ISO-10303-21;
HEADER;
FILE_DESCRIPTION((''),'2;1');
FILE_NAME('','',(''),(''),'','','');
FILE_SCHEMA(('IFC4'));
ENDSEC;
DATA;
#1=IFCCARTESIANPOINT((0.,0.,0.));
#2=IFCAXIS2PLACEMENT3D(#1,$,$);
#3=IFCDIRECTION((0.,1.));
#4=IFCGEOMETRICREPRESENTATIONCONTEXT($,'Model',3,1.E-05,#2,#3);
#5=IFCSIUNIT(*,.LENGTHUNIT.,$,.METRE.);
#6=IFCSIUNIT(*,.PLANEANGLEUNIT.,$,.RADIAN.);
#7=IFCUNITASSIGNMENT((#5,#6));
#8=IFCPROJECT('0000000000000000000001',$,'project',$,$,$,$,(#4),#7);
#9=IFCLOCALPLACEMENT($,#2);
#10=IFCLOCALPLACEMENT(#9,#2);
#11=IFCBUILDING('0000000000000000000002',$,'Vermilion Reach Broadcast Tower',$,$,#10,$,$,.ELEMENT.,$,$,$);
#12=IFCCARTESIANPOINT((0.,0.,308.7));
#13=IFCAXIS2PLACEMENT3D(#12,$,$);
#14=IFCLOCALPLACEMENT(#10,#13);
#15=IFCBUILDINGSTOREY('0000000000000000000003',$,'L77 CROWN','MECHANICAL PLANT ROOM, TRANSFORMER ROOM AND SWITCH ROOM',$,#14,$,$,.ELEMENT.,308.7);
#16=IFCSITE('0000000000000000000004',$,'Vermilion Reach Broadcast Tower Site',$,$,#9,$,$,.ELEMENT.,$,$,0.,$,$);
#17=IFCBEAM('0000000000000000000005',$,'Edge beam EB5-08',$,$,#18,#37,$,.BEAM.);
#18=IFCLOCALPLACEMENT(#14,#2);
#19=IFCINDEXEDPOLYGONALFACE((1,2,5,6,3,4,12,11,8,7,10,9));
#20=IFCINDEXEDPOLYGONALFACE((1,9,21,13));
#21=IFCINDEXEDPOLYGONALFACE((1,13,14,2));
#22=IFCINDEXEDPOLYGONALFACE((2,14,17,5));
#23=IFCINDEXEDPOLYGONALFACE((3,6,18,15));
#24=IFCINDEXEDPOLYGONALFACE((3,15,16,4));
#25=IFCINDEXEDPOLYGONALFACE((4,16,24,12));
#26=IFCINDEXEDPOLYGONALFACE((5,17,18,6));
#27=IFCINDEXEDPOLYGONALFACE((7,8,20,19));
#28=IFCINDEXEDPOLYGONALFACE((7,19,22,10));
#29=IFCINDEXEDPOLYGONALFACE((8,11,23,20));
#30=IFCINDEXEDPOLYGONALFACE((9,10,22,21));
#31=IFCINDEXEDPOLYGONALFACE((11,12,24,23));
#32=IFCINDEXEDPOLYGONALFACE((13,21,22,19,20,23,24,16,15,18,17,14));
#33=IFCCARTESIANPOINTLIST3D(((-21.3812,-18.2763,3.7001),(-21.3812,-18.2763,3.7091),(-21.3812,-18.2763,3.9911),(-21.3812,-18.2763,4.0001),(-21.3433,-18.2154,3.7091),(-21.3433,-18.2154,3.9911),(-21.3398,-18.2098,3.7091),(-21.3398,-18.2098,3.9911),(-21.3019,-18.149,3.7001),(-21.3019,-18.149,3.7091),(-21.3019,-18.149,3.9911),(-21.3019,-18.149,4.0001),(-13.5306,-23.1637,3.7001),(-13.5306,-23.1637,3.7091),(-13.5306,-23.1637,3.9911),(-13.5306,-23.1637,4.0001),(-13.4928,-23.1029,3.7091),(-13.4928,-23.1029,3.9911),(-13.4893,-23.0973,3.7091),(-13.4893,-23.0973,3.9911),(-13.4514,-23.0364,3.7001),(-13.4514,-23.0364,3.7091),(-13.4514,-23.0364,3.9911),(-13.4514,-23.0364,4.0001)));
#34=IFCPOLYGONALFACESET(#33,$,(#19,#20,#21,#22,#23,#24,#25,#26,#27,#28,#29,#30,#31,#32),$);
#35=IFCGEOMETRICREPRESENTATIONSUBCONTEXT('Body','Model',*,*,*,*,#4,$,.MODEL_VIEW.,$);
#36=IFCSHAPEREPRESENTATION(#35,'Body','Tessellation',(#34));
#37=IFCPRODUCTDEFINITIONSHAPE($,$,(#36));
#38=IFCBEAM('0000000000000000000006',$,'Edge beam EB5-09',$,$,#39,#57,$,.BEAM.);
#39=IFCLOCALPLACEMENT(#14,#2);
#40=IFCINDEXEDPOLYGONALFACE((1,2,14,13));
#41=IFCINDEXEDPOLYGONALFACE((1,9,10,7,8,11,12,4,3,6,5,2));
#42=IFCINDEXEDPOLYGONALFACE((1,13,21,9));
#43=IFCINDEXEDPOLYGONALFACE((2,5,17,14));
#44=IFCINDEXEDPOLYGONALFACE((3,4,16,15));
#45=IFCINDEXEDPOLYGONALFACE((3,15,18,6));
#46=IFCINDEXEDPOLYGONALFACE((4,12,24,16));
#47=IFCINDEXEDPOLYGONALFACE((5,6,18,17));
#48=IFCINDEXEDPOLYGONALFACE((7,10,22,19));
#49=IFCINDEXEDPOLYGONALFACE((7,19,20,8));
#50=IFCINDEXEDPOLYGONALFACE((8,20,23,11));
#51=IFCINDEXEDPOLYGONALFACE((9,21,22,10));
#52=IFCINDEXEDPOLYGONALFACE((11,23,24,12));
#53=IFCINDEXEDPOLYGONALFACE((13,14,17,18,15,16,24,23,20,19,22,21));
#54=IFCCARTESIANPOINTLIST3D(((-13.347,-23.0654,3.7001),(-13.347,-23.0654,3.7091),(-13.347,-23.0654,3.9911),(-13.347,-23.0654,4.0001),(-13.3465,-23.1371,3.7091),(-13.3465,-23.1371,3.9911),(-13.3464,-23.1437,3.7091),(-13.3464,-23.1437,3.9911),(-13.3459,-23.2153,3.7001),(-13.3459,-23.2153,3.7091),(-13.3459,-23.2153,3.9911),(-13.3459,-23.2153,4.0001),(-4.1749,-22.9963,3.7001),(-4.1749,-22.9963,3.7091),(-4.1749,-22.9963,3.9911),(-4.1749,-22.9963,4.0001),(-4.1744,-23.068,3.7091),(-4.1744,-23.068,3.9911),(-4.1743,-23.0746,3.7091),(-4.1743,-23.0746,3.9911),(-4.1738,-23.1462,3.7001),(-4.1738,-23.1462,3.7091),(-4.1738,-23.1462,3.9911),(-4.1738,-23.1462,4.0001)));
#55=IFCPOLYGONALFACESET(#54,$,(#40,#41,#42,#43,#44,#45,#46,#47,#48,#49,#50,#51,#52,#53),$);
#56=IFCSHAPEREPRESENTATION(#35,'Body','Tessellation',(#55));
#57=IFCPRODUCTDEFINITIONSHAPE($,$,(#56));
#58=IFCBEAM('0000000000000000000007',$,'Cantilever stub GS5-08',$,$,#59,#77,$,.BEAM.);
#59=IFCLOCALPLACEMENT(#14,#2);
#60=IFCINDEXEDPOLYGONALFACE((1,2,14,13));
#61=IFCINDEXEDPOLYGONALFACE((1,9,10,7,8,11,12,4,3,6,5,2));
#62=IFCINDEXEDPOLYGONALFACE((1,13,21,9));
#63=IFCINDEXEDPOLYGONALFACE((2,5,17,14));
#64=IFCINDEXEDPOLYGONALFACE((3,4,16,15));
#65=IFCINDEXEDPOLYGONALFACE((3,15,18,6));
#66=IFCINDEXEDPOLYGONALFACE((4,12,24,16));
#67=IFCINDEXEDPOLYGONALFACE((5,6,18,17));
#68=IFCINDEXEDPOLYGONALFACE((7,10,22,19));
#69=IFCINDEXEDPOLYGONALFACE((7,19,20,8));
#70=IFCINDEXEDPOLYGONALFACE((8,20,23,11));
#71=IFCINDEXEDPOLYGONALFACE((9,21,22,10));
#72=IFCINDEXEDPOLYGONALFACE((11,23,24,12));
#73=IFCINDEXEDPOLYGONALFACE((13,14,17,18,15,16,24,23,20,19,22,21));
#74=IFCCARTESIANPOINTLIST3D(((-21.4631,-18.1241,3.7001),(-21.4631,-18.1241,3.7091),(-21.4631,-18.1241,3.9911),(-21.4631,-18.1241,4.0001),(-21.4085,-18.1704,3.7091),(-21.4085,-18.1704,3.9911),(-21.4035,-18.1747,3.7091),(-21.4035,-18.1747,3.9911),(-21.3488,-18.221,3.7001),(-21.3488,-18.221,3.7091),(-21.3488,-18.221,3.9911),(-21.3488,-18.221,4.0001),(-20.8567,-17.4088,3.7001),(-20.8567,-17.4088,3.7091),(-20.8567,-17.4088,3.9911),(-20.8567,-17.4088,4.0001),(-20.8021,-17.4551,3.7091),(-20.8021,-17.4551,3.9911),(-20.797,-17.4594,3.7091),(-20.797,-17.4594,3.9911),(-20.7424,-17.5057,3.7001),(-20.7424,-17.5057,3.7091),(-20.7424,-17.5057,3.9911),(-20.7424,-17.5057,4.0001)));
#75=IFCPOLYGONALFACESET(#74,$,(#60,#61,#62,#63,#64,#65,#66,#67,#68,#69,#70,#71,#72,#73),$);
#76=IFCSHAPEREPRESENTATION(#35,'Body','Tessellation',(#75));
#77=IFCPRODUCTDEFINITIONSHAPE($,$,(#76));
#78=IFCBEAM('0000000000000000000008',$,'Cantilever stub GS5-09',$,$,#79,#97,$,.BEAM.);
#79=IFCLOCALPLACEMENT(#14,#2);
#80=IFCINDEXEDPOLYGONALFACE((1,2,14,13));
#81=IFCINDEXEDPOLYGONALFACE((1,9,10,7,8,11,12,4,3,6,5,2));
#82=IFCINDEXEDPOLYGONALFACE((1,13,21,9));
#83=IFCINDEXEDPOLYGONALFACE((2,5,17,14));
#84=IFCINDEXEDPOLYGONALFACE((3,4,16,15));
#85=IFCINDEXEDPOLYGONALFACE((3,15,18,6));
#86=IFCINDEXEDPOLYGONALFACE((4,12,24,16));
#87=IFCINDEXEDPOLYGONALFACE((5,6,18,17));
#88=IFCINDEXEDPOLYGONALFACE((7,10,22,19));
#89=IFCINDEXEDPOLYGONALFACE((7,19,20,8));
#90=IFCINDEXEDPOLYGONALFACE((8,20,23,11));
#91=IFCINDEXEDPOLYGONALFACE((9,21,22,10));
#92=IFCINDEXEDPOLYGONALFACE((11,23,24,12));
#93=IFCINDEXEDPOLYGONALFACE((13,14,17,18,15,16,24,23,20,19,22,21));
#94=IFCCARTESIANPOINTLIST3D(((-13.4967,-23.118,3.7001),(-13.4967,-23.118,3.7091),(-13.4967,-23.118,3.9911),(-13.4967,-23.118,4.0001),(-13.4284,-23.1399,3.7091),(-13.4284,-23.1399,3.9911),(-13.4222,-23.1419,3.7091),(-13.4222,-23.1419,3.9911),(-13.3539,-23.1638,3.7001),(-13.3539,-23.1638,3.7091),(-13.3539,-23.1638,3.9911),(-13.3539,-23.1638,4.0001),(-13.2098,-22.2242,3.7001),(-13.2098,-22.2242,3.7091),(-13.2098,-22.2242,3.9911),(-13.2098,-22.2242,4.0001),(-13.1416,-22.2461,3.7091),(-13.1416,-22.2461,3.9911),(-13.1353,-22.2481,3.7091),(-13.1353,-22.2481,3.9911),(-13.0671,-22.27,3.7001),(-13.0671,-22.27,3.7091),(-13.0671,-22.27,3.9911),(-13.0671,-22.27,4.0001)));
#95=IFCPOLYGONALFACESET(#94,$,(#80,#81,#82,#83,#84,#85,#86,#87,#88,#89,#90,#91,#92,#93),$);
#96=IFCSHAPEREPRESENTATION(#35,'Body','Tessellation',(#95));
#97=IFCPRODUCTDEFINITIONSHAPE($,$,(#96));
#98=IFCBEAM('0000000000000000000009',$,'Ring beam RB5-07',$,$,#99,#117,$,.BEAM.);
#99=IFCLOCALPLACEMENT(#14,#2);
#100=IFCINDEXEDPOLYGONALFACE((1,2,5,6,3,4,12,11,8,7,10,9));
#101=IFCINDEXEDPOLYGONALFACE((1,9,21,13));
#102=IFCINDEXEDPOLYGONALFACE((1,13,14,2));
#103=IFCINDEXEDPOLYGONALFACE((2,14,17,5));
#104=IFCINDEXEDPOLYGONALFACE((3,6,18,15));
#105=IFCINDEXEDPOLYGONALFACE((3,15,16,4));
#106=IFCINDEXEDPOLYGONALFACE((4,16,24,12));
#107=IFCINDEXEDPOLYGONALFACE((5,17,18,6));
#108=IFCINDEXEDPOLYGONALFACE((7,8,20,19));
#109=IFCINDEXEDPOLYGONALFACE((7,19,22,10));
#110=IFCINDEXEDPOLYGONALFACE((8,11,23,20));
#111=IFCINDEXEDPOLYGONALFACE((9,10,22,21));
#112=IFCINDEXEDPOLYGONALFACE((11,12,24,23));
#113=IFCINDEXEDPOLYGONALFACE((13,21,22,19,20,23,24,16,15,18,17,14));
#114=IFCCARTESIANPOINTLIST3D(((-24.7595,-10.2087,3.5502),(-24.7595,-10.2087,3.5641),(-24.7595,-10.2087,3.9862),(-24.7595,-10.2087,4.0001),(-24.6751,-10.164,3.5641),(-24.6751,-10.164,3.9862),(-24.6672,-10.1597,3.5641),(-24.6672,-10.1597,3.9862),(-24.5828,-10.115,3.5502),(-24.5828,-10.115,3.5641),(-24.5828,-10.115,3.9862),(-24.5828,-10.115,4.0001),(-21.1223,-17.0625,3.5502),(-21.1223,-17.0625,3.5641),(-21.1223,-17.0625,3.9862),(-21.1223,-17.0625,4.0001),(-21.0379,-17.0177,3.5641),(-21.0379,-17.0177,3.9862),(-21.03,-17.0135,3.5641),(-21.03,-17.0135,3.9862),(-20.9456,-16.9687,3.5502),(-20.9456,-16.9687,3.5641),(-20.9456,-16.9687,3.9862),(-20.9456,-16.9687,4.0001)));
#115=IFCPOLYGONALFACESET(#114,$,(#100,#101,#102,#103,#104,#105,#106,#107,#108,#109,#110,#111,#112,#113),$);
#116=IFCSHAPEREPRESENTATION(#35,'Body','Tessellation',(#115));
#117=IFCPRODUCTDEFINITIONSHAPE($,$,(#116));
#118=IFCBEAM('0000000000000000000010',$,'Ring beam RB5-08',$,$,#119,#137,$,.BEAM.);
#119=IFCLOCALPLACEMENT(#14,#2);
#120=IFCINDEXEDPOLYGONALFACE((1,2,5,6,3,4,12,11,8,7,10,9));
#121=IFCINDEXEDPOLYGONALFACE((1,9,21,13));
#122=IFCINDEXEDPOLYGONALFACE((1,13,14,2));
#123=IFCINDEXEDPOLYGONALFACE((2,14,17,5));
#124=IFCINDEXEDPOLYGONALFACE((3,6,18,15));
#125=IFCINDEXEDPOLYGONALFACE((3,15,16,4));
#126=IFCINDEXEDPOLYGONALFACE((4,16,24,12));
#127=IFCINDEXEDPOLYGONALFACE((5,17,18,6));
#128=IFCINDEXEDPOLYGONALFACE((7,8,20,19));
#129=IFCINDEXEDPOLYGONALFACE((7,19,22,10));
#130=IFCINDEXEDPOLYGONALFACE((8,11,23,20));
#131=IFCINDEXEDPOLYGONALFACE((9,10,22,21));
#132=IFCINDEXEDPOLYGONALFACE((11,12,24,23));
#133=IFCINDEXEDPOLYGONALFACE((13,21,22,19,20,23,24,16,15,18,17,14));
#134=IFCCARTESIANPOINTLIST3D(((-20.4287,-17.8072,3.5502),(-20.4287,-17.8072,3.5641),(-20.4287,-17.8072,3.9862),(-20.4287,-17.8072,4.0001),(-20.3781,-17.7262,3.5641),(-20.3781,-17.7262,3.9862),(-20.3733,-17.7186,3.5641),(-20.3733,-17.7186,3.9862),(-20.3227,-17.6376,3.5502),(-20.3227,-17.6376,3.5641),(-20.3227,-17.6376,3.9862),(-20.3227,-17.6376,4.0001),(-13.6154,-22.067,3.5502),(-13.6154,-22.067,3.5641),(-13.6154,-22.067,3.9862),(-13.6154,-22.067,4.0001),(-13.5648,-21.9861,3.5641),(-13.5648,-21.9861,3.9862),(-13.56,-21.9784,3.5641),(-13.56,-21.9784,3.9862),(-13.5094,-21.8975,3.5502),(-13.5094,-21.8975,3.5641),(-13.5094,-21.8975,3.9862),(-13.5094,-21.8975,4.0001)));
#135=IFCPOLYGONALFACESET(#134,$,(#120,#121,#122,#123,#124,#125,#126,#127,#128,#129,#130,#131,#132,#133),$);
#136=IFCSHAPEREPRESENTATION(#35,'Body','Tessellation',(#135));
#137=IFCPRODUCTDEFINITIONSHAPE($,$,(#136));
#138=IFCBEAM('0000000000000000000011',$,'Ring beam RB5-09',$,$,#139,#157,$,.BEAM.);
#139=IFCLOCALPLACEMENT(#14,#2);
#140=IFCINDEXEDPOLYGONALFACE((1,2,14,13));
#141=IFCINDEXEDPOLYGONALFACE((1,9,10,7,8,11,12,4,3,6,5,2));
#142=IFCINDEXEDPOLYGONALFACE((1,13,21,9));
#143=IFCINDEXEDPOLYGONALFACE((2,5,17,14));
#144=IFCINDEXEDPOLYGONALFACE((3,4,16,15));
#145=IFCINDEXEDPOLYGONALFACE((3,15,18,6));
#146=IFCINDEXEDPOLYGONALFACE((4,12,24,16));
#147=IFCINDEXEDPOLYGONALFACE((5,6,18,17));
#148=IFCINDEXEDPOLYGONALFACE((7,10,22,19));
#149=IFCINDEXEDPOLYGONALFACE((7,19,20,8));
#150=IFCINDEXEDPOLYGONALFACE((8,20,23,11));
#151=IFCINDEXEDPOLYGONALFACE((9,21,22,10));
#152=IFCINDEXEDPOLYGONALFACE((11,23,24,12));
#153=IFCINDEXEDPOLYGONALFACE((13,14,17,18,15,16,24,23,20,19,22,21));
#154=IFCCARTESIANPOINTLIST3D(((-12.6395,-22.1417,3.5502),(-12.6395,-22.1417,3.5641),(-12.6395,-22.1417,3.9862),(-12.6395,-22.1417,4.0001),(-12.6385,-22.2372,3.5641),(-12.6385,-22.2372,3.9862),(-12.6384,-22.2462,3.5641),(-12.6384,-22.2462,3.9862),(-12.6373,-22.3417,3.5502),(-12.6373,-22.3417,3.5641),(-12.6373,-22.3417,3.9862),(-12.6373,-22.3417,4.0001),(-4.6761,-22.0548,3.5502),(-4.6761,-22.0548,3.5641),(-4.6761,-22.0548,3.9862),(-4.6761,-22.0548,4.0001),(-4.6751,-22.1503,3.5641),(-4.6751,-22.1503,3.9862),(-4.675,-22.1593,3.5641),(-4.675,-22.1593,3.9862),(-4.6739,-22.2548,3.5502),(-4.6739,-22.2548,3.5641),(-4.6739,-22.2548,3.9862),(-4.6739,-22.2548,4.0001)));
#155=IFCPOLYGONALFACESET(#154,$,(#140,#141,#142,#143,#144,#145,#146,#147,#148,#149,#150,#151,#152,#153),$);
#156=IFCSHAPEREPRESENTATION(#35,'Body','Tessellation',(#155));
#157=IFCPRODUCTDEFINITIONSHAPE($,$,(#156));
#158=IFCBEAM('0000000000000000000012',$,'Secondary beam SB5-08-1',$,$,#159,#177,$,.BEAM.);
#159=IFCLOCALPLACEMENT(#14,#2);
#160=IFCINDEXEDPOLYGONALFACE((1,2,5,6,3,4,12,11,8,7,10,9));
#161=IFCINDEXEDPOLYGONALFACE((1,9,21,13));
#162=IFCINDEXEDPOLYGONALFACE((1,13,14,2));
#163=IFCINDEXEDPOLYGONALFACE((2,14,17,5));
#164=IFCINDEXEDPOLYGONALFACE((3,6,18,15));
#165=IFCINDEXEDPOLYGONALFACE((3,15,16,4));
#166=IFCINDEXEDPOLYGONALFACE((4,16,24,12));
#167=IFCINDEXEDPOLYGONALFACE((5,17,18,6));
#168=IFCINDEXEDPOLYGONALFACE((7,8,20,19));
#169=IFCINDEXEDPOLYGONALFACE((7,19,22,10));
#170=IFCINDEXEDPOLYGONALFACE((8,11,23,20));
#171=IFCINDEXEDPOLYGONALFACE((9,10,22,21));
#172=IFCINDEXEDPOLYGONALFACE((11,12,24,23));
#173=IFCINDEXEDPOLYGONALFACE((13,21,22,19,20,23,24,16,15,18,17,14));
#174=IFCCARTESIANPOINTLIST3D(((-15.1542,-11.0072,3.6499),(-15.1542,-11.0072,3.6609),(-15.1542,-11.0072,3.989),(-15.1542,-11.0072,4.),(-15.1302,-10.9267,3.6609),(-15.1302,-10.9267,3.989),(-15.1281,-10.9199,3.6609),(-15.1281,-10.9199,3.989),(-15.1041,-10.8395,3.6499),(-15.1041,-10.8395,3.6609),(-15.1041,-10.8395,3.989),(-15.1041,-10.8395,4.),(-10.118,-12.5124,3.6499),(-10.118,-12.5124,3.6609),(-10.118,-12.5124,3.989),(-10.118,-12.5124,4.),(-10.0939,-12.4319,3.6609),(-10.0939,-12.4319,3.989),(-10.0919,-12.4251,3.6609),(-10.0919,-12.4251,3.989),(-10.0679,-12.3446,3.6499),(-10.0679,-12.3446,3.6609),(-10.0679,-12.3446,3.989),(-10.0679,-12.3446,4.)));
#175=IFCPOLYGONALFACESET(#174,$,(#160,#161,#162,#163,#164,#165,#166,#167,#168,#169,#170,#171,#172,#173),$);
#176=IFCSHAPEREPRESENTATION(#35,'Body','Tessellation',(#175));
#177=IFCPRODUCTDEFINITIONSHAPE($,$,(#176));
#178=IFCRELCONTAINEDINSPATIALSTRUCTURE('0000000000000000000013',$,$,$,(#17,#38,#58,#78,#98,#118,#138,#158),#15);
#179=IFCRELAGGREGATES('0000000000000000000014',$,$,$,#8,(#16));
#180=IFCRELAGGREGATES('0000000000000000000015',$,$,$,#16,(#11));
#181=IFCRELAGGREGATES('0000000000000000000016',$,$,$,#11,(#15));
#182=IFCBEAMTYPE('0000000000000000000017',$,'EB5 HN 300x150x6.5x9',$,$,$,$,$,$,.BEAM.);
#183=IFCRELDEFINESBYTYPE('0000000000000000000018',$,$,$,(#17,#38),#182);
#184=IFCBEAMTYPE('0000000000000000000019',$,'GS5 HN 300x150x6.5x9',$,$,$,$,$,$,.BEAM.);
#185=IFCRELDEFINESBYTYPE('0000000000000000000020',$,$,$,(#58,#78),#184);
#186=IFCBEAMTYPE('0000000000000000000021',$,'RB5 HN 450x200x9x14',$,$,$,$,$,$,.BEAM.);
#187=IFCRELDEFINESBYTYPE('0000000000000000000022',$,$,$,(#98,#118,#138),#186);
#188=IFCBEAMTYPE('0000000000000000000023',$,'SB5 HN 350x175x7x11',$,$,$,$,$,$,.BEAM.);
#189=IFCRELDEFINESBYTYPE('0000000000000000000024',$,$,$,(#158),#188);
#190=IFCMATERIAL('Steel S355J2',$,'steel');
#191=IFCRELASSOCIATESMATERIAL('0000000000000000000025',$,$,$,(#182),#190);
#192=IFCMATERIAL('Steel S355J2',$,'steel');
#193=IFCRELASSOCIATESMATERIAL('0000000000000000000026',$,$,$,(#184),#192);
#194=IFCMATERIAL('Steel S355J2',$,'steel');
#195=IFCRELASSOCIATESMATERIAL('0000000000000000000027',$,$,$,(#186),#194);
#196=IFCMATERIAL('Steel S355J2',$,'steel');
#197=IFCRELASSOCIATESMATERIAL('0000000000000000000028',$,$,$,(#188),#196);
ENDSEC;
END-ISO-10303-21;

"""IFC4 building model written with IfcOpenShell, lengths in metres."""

from ifc_helpers import new_model, si_unit, direction, frame, origin, origin_2d, place, context, subcontext, project, spatial, i_section, extrude, material, material_profile, profile_set, type_object, element, save


model = new_model("IFC4")

# Units and contexts
model_context = context("Model", 3, precision=1e-05, world=origin(), true_north=direction((0.0, 1.0)))
body_context = subcontext(model_context, "Body", "Model", "MODEL_VIEW")
ifc_project = project(units=[si_unit("LENGTHUNIT", "METRE"), si_unit("PLANEANGLEUNIT", "RADIAN")], contexts=[model_context])

# Site, building, storey
site_placement = place(None, origin())
site = spatial("IfcSite", under=ifc_project, at=site_placement, Name="Vermilion Reach Broadcast Tower Site", CompositionType="ELEMENT", RefElevation=0.0)
building_placement = place(site_placement, origin())
building = spatial("IfcBuilding", under=site, at=building_placement, Name="Vermilion Reach Broadcast Tower", CompositionType="ELEMENT")
storey_placement = place(building_placement, frame((0.0, 0.0, 308.7)))
storey = spatial("IfcBuildingStorey", under=building, at=storey_placement, Name="L77 CROWN", Description="MECHANICAL PLANT ROOM, TRANSFORMER ROOM AND SWITCH ROOM", CompositionType="ELEMENT", Elevation=308.7)

# Beams
ifc_material_1 = material(Name="Steel S355J2", Category="steel")
ifc_material_profile_1 = material_profile(ifc_material_1, i_section(OverallWidth=0.1499, OverallDepth=0.3, WebThickness=0.0066, FlangeThickness=0.009, at=origin_2d()), Name="S355J2 HN 300x150x6.5x9")
ifc_profile_set_1 = profile_set([ifc_material_profile_1], Name="Steel S355J2")
beam_type_1 = type_object("IfcBeamType", Name="EB5 HN 300x150x6.5x9", PredefinedType="BEAM", material=ifc_profile_set_1)
beam_1_placement = place(storey_placement, frame((-21.3416, -18.2126, 3.8501), z_axis=(0.848928, -0.528508, 0.0), x_axis=(0.528508, 0.848928, 0.0)))
element("IfcBeam", 1, at=beam_1_placement, inside=storey, type_object=beam_type_1, Name="Edge beam EB5-08", PredefinedType="BEAM", context=body_context, shape_type="SweptSolid", body=[
    extrude(i_section(OverallWidth=0.1499, OverallDepth=0.3, WebThickness=0.0066, FlangeThickness=0.009, at=origin_2d()), origin(), (0.0, 0.0, 1.0), 9.2476),
])
beam_2_placement = place(storey_placement, frame((-13.3464, -23.1404, 3.8501), z_axis=(0.999972, 0.007533, 0.0), x_axis=(-0.007533, 0.999972, 0.0)))
element("IfcBeam", 2, at=beam_2_placement, inside=storey, type_object=beam_type_1, Name="Edge beam EB5-09", PredefinedType="BEAM", context=body_context, shape_type="SweptSolid", body=[
    extrude(i_section(OverallWidth=0.1499, OverallDepth=0.3, WebThickness=0.0066, FlangeThickness=0.009, at=origin_2d()), origin(), (0.0, 0.0, 1.0), 9.1724),
])
ifc_material_2 = material(Name="Steel S355J2", Category="steel")
ifc_material_profile_2 = material_profile(ifc_material_2, i_section(OverallWidth=0.1499, OverallDepth=0.3, WebThickness=0.0066, FlangeThickness=0.009, at=origin_2d()), Name="S355J2 HN 300x150x6.5x9")
ifc_profile_set_2 = profile_set([ifc_material_profile_2], Name="Steel S355J2")
beam_type_2 = type_object("IfcBeamType", Name="GS5 HN 300x150x6.5x9", PredefinedType="BEAM", material=ifc_profile_set_2)
beam_3_placement = place(storey_placement, frame((-20.7996, -17.4573, 3.8501), z_axis=(-0.646665, -0.762774, 0.0), x_axis=(0.762774, -0.646665, 0.0)))
element("IfcBeam", 3, at=beam_3_placement, inside=storey, type_object=beam_type_2, Name="Cantilever stub GS5-08", PredefinedType="BEAM", context=body_context, shape_type="SweptSolid", body=[
    extrude(i_section(OverallWidth=0.1499, OverallDepth=0.3, WebThickness=0.0066, FlangeThickness=0.009, at=origin_2d()), origin(), (0.0, 0.0, 1.0), 0.9377),
])
beam_4_placement = place(storey_placement, frame((-13.1384, -22.2471, 3.8501), z_axis=(-0.305597, -0.952161, 0.0), x_axis=(0.952161, -0.305597, 0.0)))
element("IfcBeam", 4, at=beam_4_placement, inside=storey, type_object=beam_type_2, Name="Cantilever stub GS5-09", PredefinedType="BEAM", context=body_context, shape_type="SweptSolid", body=[
    extrude(i_section(OverallWidth=0.1499, OverallDepth=0.3, WebThickness=0.0066, FlangeThickness=0.009, at=origin_2d()), origin(), (0.0, 0.0, 1.0), 0.9387),
])
ifc_material_3 = material(Name="Steel S355J2", Category="steel")
ifc_material_profile_3 = material_profile(ifc_material_3, i_section(OverallWidth=0.2, OverallDepth=0.45, WebThickness=0.009, FlangeThickness=0.0139, at=origin_2d()), Name="S355J2 HN 450x200x9x14")
ifc_profile_set_3 = profile_set([ifc_material_profile_3], Name="Steel S355J2")
beam_type_3 = type_object("IfcBeamType", Name="RB5 HN 450x200x9x14", PredefinedType="BEAM", material=ifc_profile_set_3)
beam_5_placement = place(storey_placement, frame((-24.6711, -10.1619, 3.7751), z_axis=(0.468768, -0.883321, 0.0), x_axis=(0.883321, 0.468768, 0.0)))
element("IfcBeam", 5, at=beam_5_placement, inside=storey, type_object=beam_type_3, Name="Ring beam RB5-07", PredefinedType="BEAM", context=body_context, shape_type="SweptSolid", body=[
    extrude(i_section(OverallWidth=0.2, OverallDepth=0.45, WebThickness=0.009, FlangeThickness=0.0139, at=origin_2d()), origin(), (0.0, 0.0, 1.0), 7.759),
])
beam_6_placement = place(storey_placement, frame((-20.3757, -17.7224, 3.7751), z_axis=(0.847915, -0.530133, 0.0), x_axis=(0.530133, 0.847915, 0.0)))
element("IfcBeam", 6, at=beam_6_placement, inside=storey, type_object=beam_type_3, Name="Ring beam RB5-08", PredefinedType="BEAM", context=body_context, shape_type="SweptSolid", body=[
    extrude(i_section(OverallWidth=0.2, OverallDepth=0.45, WebThickness=0.009, FlangeThickness=0.0139, at=origin_2d()), origin(), (0.0, 0.0, 1.0), 8.0354),
])
beam_7_placement = place(storey_placement, frame((-12.6384, -22.2417, 3.7751), z_axis=(0.99994, 0.010914, 0.0), x_axis=(-0.010914, 0.99994, 0.0)))
element("IfcBeam", 7, at=beam_7_placement, inside=storey, type_object=beam_type_3, Name="Ring beam RB5-09", PredefinedType="BEAM", context=body_context, shape_type="SweptSolid", body=[
    extrude(i_section(OverallWidth=0.2, OverallDepth=0.45, WebThickness=0.009, FlangeThickness=0.0139, at=origin_2d()), origin(), (0.0, 0.0, 1.0), 7.9639),
])
ifc_material_4 = material(Name="Steel S355J2", Category="steel")
ifc_material_profile_4 = material_profile(ifc_material_4, i_section(OverallWidth=0.175, OverallDepth=0.3501, WebThickness=0.0071, FlangeThickness=0.011, at=origin_2d()), Name="S355J2 HN 350x175x7x11")
ifc_profile_set_4 = profile_set([ifc_material_profile_4], Name="Steel S355J2")
beam_type_4 = type_object("IfcBeamType", Name="SB5 HN 350x175x7x11", PredefinedType="BEAM", material=ifc_profile_set_4)
beam_8_placement = place(storey_placement, frame((-15.1292, -10.9233, 3.825), z_axis=(0.958125, -0.286351, 0.0), x_axis=(0.286351, 0.958125, 0.0)))
element("IfcBeam", 8, at=beam_8_placement, inside=storey, type_object=beam_type_4, Name="Secondary beam SB5-08-1", PredefinedType="BEAM", context=body_context, shape_type="SweptSolid", body=[
    extrude(i_section(OverallWidth=0.175, OverallDepth=0.3501, WebThickness=0.0071, FlangeThickness=0.011, at=origin_2d()), origin(), (0.0, 0.0, 1.0), 5.2563),
])

save(model, "model.ifc")
